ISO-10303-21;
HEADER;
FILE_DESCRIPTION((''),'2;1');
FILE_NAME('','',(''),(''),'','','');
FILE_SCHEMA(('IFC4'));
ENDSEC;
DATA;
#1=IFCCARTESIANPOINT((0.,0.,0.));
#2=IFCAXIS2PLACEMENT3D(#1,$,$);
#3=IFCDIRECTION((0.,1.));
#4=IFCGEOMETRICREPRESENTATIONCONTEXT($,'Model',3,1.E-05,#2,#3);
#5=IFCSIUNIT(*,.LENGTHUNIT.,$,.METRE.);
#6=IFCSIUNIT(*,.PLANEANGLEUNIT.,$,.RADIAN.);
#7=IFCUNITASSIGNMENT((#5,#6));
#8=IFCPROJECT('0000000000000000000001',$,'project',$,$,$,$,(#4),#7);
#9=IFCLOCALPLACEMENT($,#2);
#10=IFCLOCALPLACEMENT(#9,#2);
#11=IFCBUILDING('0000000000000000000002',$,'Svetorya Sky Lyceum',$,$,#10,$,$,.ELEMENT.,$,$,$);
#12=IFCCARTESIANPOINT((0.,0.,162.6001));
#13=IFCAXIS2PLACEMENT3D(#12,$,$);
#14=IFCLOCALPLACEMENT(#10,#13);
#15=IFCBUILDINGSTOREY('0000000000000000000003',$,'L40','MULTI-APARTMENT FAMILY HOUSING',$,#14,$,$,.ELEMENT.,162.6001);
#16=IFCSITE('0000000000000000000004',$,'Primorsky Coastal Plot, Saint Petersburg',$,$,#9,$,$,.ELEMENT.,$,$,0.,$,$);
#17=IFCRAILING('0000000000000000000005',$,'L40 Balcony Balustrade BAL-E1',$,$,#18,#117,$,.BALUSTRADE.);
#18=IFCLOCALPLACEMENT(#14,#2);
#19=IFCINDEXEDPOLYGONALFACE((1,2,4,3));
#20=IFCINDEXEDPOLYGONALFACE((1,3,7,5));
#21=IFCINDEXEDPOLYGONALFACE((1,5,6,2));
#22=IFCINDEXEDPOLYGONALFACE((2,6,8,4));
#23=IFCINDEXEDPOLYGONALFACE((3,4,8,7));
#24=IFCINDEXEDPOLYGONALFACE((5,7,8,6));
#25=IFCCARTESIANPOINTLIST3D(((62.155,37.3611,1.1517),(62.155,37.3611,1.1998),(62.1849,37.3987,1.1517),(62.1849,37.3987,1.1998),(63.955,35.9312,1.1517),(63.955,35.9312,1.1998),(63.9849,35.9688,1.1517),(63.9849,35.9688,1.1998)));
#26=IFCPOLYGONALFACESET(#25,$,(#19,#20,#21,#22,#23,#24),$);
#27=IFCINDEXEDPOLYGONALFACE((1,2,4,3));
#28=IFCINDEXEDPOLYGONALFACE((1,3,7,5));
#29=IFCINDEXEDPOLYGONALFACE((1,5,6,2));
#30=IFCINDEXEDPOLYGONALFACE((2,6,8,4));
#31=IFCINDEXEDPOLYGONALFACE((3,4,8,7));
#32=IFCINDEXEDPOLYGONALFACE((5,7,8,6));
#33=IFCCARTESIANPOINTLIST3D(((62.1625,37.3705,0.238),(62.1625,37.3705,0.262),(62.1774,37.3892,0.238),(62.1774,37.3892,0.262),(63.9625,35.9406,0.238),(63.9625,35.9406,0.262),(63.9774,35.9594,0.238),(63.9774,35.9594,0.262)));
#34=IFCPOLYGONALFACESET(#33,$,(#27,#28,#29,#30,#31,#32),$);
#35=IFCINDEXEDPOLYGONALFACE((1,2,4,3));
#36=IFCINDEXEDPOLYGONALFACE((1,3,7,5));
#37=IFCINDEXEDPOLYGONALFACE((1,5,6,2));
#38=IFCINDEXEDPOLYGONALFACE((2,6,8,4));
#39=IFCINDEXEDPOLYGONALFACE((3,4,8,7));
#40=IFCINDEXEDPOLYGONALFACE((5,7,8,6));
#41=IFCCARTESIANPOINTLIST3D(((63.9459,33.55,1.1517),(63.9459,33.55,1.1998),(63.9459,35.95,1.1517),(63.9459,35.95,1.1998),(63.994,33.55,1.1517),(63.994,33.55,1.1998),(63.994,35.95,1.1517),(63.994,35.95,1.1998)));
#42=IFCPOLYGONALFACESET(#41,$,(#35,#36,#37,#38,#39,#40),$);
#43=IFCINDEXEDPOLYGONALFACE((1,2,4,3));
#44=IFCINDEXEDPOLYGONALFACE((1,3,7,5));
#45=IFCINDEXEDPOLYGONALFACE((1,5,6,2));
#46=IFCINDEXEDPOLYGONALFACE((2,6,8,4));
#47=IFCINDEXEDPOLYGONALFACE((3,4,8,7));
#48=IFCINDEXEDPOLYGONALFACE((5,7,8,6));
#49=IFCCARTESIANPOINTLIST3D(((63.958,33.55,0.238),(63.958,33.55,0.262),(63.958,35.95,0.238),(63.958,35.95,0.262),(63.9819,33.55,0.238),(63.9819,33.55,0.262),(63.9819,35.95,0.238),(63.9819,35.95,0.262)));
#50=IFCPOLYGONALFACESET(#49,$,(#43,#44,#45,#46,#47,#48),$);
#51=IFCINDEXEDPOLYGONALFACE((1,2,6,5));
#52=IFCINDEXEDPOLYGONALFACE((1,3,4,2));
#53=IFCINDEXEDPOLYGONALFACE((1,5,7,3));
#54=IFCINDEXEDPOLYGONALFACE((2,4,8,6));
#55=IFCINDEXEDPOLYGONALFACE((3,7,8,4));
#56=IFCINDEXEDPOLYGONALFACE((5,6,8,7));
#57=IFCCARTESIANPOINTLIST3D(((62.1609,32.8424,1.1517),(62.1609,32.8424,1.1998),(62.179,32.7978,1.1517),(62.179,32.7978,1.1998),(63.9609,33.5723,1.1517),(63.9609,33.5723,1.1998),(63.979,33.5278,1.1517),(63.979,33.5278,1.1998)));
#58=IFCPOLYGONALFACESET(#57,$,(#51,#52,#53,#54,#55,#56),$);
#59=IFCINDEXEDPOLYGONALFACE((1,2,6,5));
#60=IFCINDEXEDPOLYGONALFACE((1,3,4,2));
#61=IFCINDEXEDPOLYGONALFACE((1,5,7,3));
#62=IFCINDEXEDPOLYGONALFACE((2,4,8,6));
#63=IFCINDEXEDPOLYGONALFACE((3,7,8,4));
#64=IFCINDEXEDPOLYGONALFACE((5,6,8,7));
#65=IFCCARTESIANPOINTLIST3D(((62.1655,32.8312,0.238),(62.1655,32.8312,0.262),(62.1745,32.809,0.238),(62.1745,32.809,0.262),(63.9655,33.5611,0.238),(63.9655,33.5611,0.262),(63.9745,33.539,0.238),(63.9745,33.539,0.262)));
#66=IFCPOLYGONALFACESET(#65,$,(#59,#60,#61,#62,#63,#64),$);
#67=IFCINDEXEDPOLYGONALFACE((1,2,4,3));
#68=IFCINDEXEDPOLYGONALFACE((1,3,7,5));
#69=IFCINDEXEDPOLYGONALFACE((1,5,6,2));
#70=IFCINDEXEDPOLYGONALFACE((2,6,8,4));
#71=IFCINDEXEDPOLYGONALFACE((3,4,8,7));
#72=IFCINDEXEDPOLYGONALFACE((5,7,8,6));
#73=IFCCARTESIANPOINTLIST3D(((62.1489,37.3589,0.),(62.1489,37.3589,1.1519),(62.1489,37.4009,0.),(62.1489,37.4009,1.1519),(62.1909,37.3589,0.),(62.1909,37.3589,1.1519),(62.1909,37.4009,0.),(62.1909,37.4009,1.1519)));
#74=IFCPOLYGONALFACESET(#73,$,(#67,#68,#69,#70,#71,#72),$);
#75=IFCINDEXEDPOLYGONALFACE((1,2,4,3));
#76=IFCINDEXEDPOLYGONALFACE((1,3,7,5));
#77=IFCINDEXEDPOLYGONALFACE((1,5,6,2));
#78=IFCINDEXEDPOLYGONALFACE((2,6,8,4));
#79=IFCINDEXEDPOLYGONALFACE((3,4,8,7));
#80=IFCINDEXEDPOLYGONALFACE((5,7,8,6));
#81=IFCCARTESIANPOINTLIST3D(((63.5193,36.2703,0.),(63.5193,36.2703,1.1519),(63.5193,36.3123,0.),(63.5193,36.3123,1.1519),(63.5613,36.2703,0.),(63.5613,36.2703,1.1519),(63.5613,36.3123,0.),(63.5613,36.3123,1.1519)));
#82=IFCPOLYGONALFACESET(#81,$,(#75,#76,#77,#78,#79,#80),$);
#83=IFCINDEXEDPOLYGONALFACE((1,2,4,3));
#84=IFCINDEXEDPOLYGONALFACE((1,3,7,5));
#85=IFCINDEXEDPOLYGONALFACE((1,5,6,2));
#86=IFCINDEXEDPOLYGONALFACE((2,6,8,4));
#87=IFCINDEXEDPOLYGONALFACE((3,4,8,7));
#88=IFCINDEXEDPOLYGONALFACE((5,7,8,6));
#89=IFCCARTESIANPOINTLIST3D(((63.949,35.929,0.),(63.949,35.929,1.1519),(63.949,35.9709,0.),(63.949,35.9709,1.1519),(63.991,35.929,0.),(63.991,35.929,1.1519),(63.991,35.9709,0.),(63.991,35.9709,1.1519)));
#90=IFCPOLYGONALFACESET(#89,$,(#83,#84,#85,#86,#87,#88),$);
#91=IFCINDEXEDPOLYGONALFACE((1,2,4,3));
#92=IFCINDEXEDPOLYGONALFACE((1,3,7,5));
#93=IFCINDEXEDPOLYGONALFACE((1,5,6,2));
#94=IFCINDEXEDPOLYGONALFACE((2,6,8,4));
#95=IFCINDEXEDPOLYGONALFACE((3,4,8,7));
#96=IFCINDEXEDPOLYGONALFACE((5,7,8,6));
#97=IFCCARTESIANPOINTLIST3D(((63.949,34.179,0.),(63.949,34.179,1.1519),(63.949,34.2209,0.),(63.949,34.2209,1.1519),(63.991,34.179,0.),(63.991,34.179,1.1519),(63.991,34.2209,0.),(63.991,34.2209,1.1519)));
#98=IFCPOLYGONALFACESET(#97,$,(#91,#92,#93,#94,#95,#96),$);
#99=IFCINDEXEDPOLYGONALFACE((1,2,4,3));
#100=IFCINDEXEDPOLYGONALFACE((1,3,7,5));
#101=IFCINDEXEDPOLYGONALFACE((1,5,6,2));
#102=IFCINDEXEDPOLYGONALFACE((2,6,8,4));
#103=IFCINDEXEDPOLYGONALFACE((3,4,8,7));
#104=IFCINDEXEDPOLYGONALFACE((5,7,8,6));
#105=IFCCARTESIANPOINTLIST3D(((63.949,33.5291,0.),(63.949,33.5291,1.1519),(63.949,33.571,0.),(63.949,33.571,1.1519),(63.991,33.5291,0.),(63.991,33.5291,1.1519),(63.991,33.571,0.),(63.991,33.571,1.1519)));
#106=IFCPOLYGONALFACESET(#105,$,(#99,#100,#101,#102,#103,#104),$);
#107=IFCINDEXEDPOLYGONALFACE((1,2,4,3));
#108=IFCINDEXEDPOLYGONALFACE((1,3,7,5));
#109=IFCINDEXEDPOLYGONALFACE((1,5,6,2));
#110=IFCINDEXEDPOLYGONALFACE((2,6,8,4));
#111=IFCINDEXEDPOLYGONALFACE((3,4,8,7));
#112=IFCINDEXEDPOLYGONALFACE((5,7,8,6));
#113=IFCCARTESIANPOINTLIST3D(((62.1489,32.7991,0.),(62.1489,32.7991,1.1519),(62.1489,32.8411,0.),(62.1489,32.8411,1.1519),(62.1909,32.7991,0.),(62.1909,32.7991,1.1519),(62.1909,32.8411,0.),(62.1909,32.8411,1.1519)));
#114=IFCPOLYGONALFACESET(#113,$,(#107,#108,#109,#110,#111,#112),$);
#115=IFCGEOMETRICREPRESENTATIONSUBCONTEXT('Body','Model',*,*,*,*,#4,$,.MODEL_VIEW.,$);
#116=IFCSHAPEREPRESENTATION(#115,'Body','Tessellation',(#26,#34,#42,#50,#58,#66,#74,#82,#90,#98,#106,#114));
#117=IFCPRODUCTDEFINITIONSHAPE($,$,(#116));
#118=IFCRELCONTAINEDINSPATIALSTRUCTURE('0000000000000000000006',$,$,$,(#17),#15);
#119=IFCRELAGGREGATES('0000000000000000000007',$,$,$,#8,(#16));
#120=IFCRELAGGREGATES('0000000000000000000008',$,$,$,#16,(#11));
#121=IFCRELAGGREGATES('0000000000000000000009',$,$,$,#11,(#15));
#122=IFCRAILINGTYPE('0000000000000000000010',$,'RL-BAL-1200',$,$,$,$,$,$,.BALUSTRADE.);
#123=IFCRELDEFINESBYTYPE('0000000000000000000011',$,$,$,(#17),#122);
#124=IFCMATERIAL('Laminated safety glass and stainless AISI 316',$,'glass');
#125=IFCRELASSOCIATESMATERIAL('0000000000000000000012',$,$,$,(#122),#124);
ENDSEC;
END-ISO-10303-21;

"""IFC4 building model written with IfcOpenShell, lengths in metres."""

from ifc_helpers import new_model, si_unit, direction, frame, origin, origin_2d, place, context, subcontext, project, spatial, rectangle, extrude, material, type_object, element, save


model = new_model("IFC4")

# Units and contexts
model_context = context("Model", 3, precision=1e-05, world=origin(), true_north=direction((0.0, 1.0)))
body_context = subcontext(model_context, "Body", "Model", "MODEL_VIEW")
ifc_project = project(units=[si_unit("LENGTHUNIT", "METRE"), si_unit("PLANEANGLEUNIT", "RADIAN")], contexts=[model_context])

# Site, building, storey
site_placement = place(None, origin())
site = spatial("IfcSite", under=ifc_project, at=site_placement, Name="Primorsky Coastal Plot, Saint Petersburg", CompositionType="ELEMENT", RefElevation=0.0)
building_placement = place(site_placement, origin())
building = spatial("IfcBuilding", under=site, at=building_placement, Name="Svetorya Sky Lyceum", CompositionType="ELEMENT")
storey_placement = place(building_placement, frame((0.0, 0.0, 162.6001)))
storey = spatial("IfcBuildingStorey", under=building, at=storey_placement, Name="L40", Description="MULTI-APARTMENT FAMILY HOUSING", CompositionType="ELEMENT", Elevation=162.6001)

# Railing
ifc_material_1 = material(Name="Laminated safety glass and stainless AISI 316", Category="glass")
railing_type = type_object("IfcRailingType", Name="RL-BAL-1200", PredefinedType="BALUSTRADE", material=ifc_material_1)
railing_placement = place(storey_placement, frame((62.1699, 37.3799, 0.0)))
element("IfcRailing", 1, at=railing_placement, inside=storey, type_object=railing_type, Name="L40 Balcony Balustrade BAL-E1", PredefinedType="BALUSTRADE", context=body_context, shape_type="SweptSolid", body=[
    extrude(rectangle(XDim=0.0481, YDim=0.0481, at=origin_2d()), frame((0.0, 0.0, 1.1758), z_axis=(0.783009, -0.62201, 0.0), x_axis=(0.62201, 0.783009, 0.0)), (0.0, 0.0, 1.0), 2.2988),
    extrude(rectangle(XDim=0.0239, YDim=0.0239, at=origin_2d()), frame((0.0, 0.0, 0.25), z_axis=(0.783009, -0.62201, 0.0), x_axis=(0.62201, 0.783009, 0.0)), (0.0, 0.0, 1.0), 2.2988),
    extrude(rectangle(XDim=0.0481, YDim=0.0481, at=origin_2d()), frame((1.8, -1.4299, 1.1758), z_axis=(0.0, -1.0, 0.0), x_axis=(1.0, 0.0, 0.0)), (0.0, 0.0, 1.0), 2.3999),
    extrude(rectangle(XDim=0.0239, YDim=0.0239, at=origin_2d()), frame((1.8, -1.4299, 0.25), z_axis=(0.0, -1.0, 0.0), x_axis=(1.0, 0.0, 0.0)), (0.0, 0.0, 1.0), 2.3999),
    extrude(rectangle(XDim=0.0481, YDim=0.0481, at=origin_2d()), frame((1.8, -3.8298, 1.1758), z_axis=(-0.926698, -0.375807, 0.0), x_axis=(0.375807, -0.926698, 0.0)), (0.0, 0.0, 1.0), 1.9424),
    extrude(rectangle(XDim=0.0239, YDim=0.0239, at=origin_2d()), frame((1.8, -3.8298, 0.25), z_axis=(-0.926698, -0.375807, 0.0), x_axis=(0.375807, -0.926698, 0.0)), (0.0, 0.0, 1.0), 1.9424),
    extrude(rectangle(XDim=0.042, YDim=0.042, at=origin_2d()), origin(), (0.0, 0.0, 1.0), 1.1519),
    extrude(rectangle(XDim=0.042, YDim=0.042, at=origin_2d()), frame((1.3704, -1.0886, 0.0)), (0.0, 0.0, 1.0), 1.1519),
    extrude(rectangle(XDim=0.042, YDim=0.042, at=origin_2d()), frame((1.8, -1.4299, 0.0)), (0.0, 0.0, 1.0), 1.1519),
    extrude(rectangle(XDim=0.042, YDim=0.042, at=origin_2d()), frame((1.8, -3.1799, 0.0)), (0.0, 0.0, 1.0), 1.1519),
    extrude(rectangle(XDim=0.042, YDim=0.042, at=origin_2d()), frame((1.8, -3.8298, 0.0)), (0.0, 0.0, 1.0), 1.1519),
    extrude(rectangle(XDim=0.042, YDim=0.042, at=origin_2d()), frame((0.0, -4.5598, 0.0)), (0.0, 0.0, 1.0), 1.1519),
])

save(model, "model.ifc")
